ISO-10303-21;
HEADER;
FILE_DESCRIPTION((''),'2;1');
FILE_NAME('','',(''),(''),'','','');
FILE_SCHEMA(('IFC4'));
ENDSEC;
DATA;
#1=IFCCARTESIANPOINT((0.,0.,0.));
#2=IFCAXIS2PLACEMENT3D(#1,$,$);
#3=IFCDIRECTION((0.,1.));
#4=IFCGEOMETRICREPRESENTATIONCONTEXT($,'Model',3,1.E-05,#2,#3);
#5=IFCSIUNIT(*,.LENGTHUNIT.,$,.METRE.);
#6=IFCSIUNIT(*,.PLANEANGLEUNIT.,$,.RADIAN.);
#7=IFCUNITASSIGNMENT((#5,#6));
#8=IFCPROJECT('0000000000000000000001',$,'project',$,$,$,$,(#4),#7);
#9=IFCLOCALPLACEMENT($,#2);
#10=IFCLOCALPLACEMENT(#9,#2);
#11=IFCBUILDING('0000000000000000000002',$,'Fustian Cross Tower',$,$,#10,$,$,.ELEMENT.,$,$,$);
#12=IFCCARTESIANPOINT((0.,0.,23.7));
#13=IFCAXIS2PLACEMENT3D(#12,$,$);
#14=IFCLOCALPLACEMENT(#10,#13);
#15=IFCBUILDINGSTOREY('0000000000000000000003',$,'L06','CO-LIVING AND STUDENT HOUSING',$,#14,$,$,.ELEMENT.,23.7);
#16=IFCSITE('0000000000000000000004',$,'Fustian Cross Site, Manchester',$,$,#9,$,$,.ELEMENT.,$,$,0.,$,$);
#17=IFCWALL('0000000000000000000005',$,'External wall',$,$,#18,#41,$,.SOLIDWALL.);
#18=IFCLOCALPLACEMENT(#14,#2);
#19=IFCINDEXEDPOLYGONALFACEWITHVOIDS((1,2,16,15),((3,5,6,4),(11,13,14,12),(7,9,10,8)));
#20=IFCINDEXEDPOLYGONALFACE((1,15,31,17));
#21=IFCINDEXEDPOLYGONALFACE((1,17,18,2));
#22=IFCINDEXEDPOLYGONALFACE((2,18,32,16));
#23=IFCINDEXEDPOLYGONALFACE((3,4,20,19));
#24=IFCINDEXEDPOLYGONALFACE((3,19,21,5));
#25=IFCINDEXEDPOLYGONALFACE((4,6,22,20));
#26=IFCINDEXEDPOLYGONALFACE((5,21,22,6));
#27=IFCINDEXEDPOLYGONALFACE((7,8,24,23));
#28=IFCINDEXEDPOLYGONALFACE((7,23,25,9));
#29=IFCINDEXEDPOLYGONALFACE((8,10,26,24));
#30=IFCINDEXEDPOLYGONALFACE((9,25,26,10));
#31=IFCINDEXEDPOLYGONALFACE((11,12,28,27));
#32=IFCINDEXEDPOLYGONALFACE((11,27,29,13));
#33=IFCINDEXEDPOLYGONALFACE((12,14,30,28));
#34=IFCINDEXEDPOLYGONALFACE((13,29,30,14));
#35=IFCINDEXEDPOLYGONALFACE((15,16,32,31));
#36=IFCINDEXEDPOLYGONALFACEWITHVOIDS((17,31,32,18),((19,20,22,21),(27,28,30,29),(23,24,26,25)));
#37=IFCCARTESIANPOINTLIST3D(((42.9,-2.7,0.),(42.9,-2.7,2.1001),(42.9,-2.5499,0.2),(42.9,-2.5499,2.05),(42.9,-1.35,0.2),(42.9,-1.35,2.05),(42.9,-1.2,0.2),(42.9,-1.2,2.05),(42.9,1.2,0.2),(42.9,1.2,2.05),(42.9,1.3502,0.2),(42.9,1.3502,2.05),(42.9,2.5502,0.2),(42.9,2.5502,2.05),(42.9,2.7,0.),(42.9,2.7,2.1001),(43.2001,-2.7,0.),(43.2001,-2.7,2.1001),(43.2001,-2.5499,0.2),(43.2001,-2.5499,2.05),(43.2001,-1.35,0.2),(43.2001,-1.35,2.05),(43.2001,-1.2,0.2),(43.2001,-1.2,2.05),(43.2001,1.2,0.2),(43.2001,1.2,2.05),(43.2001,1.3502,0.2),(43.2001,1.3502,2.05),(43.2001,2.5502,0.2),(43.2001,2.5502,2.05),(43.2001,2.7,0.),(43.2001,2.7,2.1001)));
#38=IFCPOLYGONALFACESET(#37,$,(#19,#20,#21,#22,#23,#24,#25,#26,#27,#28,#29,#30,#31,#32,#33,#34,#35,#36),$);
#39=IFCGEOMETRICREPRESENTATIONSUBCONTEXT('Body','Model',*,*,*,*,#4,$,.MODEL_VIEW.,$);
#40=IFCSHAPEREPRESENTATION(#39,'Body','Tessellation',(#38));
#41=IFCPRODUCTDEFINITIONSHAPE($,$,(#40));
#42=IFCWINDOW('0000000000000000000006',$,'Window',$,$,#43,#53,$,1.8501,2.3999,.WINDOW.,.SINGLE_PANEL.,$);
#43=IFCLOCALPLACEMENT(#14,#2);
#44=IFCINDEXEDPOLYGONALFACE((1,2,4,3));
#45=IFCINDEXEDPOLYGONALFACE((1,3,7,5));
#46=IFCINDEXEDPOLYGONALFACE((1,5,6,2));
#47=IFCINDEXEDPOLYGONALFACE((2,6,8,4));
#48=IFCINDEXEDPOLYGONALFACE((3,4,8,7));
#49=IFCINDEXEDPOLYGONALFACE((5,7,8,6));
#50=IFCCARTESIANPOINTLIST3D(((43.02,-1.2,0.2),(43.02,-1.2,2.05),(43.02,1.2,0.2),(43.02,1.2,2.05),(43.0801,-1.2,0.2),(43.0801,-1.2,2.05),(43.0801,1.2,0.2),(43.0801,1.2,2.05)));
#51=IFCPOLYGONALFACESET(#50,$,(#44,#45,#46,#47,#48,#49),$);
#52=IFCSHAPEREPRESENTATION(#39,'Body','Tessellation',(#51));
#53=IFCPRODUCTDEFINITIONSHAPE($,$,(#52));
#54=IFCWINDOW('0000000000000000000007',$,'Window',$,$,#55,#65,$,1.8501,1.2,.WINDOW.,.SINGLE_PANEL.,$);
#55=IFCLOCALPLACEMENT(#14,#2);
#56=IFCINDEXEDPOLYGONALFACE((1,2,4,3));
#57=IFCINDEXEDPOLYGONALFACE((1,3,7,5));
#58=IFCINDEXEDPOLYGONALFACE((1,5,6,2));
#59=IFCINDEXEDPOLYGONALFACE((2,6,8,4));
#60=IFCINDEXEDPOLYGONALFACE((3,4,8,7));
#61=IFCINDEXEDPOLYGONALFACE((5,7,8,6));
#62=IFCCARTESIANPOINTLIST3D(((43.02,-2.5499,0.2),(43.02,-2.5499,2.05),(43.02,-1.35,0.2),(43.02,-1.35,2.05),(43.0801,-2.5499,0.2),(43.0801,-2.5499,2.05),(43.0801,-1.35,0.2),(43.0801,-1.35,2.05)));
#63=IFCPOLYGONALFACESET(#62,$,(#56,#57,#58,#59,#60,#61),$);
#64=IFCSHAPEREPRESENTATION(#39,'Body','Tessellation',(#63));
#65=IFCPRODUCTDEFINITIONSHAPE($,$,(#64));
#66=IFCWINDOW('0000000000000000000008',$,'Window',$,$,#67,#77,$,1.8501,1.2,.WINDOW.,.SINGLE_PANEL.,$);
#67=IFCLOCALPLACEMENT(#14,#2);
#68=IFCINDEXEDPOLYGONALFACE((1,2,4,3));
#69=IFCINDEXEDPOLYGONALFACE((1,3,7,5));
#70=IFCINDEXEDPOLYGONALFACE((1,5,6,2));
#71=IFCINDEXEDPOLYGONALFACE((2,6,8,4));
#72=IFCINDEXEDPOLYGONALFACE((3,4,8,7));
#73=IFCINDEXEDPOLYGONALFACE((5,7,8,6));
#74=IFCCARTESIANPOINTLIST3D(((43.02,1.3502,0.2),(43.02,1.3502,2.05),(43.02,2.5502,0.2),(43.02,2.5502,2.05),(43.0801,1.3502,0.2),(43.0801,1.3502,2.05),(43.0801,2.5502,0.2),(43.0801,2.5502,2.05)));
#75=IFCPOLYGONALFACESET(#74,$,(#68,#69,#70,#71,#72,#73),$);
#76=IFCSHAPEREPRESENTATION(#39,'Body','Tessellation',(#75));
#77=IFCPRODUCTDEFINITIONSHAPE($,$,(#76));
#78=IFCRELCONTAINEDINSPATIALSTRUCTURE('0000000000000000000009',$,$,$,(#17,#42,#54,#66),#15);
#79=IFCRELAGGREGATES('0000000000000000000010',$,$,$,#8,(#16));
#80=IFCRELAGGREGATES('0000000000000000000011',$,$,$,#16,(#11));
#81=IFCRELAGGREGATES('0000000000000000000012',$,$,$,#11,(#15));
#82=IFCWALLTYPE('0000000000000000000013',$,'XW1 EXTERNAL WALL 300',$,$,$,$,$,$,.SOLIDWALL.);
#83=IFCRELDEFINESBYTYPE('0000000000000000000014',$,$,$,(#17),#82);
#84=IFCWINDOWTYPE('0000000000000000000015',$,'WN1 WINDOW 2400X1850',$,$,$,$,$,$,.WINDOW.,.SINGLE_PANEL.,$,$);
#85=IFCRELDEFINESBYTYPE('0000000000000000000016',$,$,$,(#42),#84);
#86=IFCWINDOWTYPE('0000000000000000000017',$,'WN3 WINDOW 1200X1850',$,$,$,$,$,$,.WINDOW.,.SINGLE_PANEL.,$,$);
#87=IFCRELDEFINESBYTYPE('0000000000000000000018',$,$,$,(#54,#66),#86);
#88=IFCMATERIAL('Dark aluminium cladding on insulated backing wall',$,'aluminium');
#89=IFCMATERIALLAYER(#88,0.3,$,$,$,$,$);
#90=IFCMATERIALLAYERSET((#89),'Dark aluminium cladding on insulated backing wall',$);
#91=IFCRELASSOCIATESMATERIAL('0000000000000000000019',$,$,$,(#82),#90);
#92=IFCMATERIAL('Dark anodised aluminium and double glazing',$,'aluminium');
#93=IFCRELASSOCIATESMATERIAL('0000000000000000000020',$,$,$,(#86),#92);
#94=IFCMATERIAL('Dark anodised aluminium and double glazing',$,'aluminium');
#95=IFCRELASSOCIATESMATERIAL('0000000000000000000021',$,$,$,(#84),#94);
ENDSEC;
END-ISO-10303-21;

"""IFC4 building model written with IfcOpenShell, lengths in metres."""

from ifc_helpers import new_model, si_unit, direction, frame, frame_2d, origin, place, context, subcontext, project, spatial, rectangle, extrude, material, layer, layer_set, type_object, element, fill, save


model = new_model("IFC4")

# Units and contexts
model_context = context("Model", 3, precision=1e-05, world=origin(), true_north=direction((0.0, 1.0)))
body_context = subcontext(model_context, "Body", "Model", "MODEL_VIEW")
ifc_project = project(units=[si_unit("LENGTHUNIT", "METRE"), si_unit("PLANEANGLEUNIT", "RADIAN")], contexts=[model_context])

# Site, building, storey
site_placement = place(None, origin())
site = spatial("IfcSite", under=ifc_project, at=site_placement, Name="Fustian Cross Site, Manchester", CompositionType="ELEMENT", RefElevation=0.0)
building_placement = place(site_placement, origin())
building = spatial("IfcBuilding", under=site, at=building_placement, Name="Fustian Cross Tower", CompositionType="ELEMENT")
storey_placement = place(building_placement, frame((0.0, 0.0, 23.7)))
storey = spatial("IfcBuildingStorey", under=building, at=storey_placement, Name="L06", Description="CO-LIVING AND STUDENT HOUSING", CompositionType="ELEMENT", Elevation=23.7)

# Shared definitions
ifc_material_1 = material(Name="Dark aluminium cladding on insulated backing wall", Category="aluminium")
ifc_layer_1 = layer(ifc_material_1, 0.3)
ifc_layer_set_1 = layer_set([ifc_layer_1], Name="Dark aluminium cladding on insulated backing wall")
wall_type_1 = type_object("IfcWallType", Name="XW1 EXTERNAL WALL 300", PredefinedType="SOLIDWALL", material=ifc_layer_set_1)

# Shared definitions
ifc_material_2 = material(Name="Dark anodised aluminium and double glazing", Category="aluminium")
window_type_1 = type_object("IfcWindowType", Name="WN3 WINDOW 1200X1850", PartitioningType="SINGLE_PANEL", PredefinedType="WINDOW", material=ifc_material_2)

# Wall, openings, windows
wall_1_placement = place(storey_placement, frame((43.05, -2.7, 0.0), z_axis=(0.0, 0.0, 1.0), x_axis=(0.0, 1.0, 0.0)))
wall_1 = element("IfcWall", 1, at=wall_1_placement, inside=storey, type_object=wall_type_1, Name="External wall", PredefinedType="SOLIDWALL", context=body_context, shape_type="SweptSolid", body=[
    extrude(rectangle(XDim=5.3999, YDim=0.3, at=frame_2d((2.7, 0.0))), origin(), (0.0, 0.0, 1.0), 2.1001),
])
opening_1_placement = place(wall_1_placement, frame((1.5, 0.0, 0.2)))
opening_1 = element("IfcOpeningElement", 2, at=opening_1_placement, cuts=wall_1, PredefinedType="OPENING", context=body_context, shape_type="SweptSolid", body=[
    extrude(rectangle(XDim=2.3999, YDim=1.8501, at=frame_2d((1.2, 0.925))), frame((0.0, 0.1599, 0.0), z_axis=(0.0, -1.0, 0.0), x_axis=(1.0, 0.0, 0.0)), (0.0, 0.0, 1.0), 0.3201),
])
opening_2_placement = place(wall_1_placement, frame((0.1499, 0.0, 0.2)))
opening_2 = element("IfcOpeningElement", 3, at=opening_2_placement, cuts=wall_1, PredefinedType="OPENING", context=body_context, shape_type="SweptSolid", body=[
    extrude(rectangle(XDim=1.2, YDim=1.8501, at=frame_2d((0.6001, 0.925))), frame((0.0, 0.1599, 0.0), z_axis=(0.0, -1.0, 0.0), x_axis=(1.0, 0.0, 0.0)), (0.0, 0.0, 1.0), 0.3201),
])
opening_3_placement = place(wall_1_placement, frame((4.05, 0.0, 0.2)))
opening_3 = element("IfcOpeningElement", 4, at=opening_3_placement, cuts=wall_1, PredefinedType="OPENING", context=body_context, shape_type="SweptSolid", body=[
    extrude(rectangle(XDim=1.2, YDim=1.8501, at=frame_2d((0.6001, 0.925))), frame((0.0, 0.1599, 0.0), z_axis=(0.0, -1.0, 0.0), x_axis=(1.0, 0.0, 0.0)), (0.0, 0.0, 1.0), 0.3201),
])
ifc_material_3 = material(Name="Dark anodised aluminium and double glazing", Category="aluminium")
window_type_2 = type_object("IfcWindowType", Name="WN1 WINDOW 2400X1850", PartitioningType="SINGLE_PANEL", PredefinedType="WINDOW", material=ifc_material_3)
window_1_placement = place(opening_1_placement, origin())
window_1 = element("IfcWindow", 5, at=window_1_placement, inside=storey, type_object=window_type_2, Name="Window", OverallHeight=1.8501, OverallWidth=2.3999, PartitioningType="SINGLE_PANEL", PredefinedType="WINDOW", context=body_context, shape_type="SweptSolid", body=[
    extrude(rectangle(XDim=2.3999, YDim=1.8501, at=frame_2d((1.2, 0.925))), frame((0.0, 0.03, 0.0), z_axis=(0.0, -1.0, 0.0), x_axis=(1.0, 0.0, 0.0)), (0.0, 0.0, 1.0), 0.0601),
])
fill(opening_1, window_1)
window_2_placement = place(opening_2_placement, origin())
window_2 = element("IfcWindow", 6, at=window_2_placement, inside=storey, type_object=window_type_1, Name="Window", OverallHeight=1.8501, OverallWidth=1.2, PartitioningType="SINGLE_PANEL", PredefinedType="WINDOW", context=body_context, shape_type="SweptSolid", body=[
    extrude(rectangle(XDim=1.2, YDim=1.8501, at=frame_2d((0.6001, 0.925))), frame((0.0, 0.03, 0.0), z_axis=(0.0, -1.0, 0.0), x_axis=(1.0, 0.0, 0.0)), (0.0, 0.0, 1.0), 0.0601),
])
fill(opening_2, window_2)
window_3_placement = place(opening_3_placement, origin())
window_3 = element("IfcWindow", 7, at=window_3_placement, inside=storey, type_object=window_type_1, Name="Window", OverallHeight=1.8501, OverallWidth=1.2, PartitioningType="SINGLE_PANEL", PredefinedType="WINDOW", context=body_context, shape_type="SweptSolid", body=[
    extrude(rectangle(XDim=1.2, YDim=1.8501, at=frame_2d((0.6001, 0.925))), frame((0.0, 0.03, 0.0), z_axis=(0.0, -1.0, 0.0), x_axis=(1.0, 0.0, 0.0)), (0.0, 0.0, 1.0), 0.0601),
])
fill(opening_3, window_3)

save(model, "model.ifc")
